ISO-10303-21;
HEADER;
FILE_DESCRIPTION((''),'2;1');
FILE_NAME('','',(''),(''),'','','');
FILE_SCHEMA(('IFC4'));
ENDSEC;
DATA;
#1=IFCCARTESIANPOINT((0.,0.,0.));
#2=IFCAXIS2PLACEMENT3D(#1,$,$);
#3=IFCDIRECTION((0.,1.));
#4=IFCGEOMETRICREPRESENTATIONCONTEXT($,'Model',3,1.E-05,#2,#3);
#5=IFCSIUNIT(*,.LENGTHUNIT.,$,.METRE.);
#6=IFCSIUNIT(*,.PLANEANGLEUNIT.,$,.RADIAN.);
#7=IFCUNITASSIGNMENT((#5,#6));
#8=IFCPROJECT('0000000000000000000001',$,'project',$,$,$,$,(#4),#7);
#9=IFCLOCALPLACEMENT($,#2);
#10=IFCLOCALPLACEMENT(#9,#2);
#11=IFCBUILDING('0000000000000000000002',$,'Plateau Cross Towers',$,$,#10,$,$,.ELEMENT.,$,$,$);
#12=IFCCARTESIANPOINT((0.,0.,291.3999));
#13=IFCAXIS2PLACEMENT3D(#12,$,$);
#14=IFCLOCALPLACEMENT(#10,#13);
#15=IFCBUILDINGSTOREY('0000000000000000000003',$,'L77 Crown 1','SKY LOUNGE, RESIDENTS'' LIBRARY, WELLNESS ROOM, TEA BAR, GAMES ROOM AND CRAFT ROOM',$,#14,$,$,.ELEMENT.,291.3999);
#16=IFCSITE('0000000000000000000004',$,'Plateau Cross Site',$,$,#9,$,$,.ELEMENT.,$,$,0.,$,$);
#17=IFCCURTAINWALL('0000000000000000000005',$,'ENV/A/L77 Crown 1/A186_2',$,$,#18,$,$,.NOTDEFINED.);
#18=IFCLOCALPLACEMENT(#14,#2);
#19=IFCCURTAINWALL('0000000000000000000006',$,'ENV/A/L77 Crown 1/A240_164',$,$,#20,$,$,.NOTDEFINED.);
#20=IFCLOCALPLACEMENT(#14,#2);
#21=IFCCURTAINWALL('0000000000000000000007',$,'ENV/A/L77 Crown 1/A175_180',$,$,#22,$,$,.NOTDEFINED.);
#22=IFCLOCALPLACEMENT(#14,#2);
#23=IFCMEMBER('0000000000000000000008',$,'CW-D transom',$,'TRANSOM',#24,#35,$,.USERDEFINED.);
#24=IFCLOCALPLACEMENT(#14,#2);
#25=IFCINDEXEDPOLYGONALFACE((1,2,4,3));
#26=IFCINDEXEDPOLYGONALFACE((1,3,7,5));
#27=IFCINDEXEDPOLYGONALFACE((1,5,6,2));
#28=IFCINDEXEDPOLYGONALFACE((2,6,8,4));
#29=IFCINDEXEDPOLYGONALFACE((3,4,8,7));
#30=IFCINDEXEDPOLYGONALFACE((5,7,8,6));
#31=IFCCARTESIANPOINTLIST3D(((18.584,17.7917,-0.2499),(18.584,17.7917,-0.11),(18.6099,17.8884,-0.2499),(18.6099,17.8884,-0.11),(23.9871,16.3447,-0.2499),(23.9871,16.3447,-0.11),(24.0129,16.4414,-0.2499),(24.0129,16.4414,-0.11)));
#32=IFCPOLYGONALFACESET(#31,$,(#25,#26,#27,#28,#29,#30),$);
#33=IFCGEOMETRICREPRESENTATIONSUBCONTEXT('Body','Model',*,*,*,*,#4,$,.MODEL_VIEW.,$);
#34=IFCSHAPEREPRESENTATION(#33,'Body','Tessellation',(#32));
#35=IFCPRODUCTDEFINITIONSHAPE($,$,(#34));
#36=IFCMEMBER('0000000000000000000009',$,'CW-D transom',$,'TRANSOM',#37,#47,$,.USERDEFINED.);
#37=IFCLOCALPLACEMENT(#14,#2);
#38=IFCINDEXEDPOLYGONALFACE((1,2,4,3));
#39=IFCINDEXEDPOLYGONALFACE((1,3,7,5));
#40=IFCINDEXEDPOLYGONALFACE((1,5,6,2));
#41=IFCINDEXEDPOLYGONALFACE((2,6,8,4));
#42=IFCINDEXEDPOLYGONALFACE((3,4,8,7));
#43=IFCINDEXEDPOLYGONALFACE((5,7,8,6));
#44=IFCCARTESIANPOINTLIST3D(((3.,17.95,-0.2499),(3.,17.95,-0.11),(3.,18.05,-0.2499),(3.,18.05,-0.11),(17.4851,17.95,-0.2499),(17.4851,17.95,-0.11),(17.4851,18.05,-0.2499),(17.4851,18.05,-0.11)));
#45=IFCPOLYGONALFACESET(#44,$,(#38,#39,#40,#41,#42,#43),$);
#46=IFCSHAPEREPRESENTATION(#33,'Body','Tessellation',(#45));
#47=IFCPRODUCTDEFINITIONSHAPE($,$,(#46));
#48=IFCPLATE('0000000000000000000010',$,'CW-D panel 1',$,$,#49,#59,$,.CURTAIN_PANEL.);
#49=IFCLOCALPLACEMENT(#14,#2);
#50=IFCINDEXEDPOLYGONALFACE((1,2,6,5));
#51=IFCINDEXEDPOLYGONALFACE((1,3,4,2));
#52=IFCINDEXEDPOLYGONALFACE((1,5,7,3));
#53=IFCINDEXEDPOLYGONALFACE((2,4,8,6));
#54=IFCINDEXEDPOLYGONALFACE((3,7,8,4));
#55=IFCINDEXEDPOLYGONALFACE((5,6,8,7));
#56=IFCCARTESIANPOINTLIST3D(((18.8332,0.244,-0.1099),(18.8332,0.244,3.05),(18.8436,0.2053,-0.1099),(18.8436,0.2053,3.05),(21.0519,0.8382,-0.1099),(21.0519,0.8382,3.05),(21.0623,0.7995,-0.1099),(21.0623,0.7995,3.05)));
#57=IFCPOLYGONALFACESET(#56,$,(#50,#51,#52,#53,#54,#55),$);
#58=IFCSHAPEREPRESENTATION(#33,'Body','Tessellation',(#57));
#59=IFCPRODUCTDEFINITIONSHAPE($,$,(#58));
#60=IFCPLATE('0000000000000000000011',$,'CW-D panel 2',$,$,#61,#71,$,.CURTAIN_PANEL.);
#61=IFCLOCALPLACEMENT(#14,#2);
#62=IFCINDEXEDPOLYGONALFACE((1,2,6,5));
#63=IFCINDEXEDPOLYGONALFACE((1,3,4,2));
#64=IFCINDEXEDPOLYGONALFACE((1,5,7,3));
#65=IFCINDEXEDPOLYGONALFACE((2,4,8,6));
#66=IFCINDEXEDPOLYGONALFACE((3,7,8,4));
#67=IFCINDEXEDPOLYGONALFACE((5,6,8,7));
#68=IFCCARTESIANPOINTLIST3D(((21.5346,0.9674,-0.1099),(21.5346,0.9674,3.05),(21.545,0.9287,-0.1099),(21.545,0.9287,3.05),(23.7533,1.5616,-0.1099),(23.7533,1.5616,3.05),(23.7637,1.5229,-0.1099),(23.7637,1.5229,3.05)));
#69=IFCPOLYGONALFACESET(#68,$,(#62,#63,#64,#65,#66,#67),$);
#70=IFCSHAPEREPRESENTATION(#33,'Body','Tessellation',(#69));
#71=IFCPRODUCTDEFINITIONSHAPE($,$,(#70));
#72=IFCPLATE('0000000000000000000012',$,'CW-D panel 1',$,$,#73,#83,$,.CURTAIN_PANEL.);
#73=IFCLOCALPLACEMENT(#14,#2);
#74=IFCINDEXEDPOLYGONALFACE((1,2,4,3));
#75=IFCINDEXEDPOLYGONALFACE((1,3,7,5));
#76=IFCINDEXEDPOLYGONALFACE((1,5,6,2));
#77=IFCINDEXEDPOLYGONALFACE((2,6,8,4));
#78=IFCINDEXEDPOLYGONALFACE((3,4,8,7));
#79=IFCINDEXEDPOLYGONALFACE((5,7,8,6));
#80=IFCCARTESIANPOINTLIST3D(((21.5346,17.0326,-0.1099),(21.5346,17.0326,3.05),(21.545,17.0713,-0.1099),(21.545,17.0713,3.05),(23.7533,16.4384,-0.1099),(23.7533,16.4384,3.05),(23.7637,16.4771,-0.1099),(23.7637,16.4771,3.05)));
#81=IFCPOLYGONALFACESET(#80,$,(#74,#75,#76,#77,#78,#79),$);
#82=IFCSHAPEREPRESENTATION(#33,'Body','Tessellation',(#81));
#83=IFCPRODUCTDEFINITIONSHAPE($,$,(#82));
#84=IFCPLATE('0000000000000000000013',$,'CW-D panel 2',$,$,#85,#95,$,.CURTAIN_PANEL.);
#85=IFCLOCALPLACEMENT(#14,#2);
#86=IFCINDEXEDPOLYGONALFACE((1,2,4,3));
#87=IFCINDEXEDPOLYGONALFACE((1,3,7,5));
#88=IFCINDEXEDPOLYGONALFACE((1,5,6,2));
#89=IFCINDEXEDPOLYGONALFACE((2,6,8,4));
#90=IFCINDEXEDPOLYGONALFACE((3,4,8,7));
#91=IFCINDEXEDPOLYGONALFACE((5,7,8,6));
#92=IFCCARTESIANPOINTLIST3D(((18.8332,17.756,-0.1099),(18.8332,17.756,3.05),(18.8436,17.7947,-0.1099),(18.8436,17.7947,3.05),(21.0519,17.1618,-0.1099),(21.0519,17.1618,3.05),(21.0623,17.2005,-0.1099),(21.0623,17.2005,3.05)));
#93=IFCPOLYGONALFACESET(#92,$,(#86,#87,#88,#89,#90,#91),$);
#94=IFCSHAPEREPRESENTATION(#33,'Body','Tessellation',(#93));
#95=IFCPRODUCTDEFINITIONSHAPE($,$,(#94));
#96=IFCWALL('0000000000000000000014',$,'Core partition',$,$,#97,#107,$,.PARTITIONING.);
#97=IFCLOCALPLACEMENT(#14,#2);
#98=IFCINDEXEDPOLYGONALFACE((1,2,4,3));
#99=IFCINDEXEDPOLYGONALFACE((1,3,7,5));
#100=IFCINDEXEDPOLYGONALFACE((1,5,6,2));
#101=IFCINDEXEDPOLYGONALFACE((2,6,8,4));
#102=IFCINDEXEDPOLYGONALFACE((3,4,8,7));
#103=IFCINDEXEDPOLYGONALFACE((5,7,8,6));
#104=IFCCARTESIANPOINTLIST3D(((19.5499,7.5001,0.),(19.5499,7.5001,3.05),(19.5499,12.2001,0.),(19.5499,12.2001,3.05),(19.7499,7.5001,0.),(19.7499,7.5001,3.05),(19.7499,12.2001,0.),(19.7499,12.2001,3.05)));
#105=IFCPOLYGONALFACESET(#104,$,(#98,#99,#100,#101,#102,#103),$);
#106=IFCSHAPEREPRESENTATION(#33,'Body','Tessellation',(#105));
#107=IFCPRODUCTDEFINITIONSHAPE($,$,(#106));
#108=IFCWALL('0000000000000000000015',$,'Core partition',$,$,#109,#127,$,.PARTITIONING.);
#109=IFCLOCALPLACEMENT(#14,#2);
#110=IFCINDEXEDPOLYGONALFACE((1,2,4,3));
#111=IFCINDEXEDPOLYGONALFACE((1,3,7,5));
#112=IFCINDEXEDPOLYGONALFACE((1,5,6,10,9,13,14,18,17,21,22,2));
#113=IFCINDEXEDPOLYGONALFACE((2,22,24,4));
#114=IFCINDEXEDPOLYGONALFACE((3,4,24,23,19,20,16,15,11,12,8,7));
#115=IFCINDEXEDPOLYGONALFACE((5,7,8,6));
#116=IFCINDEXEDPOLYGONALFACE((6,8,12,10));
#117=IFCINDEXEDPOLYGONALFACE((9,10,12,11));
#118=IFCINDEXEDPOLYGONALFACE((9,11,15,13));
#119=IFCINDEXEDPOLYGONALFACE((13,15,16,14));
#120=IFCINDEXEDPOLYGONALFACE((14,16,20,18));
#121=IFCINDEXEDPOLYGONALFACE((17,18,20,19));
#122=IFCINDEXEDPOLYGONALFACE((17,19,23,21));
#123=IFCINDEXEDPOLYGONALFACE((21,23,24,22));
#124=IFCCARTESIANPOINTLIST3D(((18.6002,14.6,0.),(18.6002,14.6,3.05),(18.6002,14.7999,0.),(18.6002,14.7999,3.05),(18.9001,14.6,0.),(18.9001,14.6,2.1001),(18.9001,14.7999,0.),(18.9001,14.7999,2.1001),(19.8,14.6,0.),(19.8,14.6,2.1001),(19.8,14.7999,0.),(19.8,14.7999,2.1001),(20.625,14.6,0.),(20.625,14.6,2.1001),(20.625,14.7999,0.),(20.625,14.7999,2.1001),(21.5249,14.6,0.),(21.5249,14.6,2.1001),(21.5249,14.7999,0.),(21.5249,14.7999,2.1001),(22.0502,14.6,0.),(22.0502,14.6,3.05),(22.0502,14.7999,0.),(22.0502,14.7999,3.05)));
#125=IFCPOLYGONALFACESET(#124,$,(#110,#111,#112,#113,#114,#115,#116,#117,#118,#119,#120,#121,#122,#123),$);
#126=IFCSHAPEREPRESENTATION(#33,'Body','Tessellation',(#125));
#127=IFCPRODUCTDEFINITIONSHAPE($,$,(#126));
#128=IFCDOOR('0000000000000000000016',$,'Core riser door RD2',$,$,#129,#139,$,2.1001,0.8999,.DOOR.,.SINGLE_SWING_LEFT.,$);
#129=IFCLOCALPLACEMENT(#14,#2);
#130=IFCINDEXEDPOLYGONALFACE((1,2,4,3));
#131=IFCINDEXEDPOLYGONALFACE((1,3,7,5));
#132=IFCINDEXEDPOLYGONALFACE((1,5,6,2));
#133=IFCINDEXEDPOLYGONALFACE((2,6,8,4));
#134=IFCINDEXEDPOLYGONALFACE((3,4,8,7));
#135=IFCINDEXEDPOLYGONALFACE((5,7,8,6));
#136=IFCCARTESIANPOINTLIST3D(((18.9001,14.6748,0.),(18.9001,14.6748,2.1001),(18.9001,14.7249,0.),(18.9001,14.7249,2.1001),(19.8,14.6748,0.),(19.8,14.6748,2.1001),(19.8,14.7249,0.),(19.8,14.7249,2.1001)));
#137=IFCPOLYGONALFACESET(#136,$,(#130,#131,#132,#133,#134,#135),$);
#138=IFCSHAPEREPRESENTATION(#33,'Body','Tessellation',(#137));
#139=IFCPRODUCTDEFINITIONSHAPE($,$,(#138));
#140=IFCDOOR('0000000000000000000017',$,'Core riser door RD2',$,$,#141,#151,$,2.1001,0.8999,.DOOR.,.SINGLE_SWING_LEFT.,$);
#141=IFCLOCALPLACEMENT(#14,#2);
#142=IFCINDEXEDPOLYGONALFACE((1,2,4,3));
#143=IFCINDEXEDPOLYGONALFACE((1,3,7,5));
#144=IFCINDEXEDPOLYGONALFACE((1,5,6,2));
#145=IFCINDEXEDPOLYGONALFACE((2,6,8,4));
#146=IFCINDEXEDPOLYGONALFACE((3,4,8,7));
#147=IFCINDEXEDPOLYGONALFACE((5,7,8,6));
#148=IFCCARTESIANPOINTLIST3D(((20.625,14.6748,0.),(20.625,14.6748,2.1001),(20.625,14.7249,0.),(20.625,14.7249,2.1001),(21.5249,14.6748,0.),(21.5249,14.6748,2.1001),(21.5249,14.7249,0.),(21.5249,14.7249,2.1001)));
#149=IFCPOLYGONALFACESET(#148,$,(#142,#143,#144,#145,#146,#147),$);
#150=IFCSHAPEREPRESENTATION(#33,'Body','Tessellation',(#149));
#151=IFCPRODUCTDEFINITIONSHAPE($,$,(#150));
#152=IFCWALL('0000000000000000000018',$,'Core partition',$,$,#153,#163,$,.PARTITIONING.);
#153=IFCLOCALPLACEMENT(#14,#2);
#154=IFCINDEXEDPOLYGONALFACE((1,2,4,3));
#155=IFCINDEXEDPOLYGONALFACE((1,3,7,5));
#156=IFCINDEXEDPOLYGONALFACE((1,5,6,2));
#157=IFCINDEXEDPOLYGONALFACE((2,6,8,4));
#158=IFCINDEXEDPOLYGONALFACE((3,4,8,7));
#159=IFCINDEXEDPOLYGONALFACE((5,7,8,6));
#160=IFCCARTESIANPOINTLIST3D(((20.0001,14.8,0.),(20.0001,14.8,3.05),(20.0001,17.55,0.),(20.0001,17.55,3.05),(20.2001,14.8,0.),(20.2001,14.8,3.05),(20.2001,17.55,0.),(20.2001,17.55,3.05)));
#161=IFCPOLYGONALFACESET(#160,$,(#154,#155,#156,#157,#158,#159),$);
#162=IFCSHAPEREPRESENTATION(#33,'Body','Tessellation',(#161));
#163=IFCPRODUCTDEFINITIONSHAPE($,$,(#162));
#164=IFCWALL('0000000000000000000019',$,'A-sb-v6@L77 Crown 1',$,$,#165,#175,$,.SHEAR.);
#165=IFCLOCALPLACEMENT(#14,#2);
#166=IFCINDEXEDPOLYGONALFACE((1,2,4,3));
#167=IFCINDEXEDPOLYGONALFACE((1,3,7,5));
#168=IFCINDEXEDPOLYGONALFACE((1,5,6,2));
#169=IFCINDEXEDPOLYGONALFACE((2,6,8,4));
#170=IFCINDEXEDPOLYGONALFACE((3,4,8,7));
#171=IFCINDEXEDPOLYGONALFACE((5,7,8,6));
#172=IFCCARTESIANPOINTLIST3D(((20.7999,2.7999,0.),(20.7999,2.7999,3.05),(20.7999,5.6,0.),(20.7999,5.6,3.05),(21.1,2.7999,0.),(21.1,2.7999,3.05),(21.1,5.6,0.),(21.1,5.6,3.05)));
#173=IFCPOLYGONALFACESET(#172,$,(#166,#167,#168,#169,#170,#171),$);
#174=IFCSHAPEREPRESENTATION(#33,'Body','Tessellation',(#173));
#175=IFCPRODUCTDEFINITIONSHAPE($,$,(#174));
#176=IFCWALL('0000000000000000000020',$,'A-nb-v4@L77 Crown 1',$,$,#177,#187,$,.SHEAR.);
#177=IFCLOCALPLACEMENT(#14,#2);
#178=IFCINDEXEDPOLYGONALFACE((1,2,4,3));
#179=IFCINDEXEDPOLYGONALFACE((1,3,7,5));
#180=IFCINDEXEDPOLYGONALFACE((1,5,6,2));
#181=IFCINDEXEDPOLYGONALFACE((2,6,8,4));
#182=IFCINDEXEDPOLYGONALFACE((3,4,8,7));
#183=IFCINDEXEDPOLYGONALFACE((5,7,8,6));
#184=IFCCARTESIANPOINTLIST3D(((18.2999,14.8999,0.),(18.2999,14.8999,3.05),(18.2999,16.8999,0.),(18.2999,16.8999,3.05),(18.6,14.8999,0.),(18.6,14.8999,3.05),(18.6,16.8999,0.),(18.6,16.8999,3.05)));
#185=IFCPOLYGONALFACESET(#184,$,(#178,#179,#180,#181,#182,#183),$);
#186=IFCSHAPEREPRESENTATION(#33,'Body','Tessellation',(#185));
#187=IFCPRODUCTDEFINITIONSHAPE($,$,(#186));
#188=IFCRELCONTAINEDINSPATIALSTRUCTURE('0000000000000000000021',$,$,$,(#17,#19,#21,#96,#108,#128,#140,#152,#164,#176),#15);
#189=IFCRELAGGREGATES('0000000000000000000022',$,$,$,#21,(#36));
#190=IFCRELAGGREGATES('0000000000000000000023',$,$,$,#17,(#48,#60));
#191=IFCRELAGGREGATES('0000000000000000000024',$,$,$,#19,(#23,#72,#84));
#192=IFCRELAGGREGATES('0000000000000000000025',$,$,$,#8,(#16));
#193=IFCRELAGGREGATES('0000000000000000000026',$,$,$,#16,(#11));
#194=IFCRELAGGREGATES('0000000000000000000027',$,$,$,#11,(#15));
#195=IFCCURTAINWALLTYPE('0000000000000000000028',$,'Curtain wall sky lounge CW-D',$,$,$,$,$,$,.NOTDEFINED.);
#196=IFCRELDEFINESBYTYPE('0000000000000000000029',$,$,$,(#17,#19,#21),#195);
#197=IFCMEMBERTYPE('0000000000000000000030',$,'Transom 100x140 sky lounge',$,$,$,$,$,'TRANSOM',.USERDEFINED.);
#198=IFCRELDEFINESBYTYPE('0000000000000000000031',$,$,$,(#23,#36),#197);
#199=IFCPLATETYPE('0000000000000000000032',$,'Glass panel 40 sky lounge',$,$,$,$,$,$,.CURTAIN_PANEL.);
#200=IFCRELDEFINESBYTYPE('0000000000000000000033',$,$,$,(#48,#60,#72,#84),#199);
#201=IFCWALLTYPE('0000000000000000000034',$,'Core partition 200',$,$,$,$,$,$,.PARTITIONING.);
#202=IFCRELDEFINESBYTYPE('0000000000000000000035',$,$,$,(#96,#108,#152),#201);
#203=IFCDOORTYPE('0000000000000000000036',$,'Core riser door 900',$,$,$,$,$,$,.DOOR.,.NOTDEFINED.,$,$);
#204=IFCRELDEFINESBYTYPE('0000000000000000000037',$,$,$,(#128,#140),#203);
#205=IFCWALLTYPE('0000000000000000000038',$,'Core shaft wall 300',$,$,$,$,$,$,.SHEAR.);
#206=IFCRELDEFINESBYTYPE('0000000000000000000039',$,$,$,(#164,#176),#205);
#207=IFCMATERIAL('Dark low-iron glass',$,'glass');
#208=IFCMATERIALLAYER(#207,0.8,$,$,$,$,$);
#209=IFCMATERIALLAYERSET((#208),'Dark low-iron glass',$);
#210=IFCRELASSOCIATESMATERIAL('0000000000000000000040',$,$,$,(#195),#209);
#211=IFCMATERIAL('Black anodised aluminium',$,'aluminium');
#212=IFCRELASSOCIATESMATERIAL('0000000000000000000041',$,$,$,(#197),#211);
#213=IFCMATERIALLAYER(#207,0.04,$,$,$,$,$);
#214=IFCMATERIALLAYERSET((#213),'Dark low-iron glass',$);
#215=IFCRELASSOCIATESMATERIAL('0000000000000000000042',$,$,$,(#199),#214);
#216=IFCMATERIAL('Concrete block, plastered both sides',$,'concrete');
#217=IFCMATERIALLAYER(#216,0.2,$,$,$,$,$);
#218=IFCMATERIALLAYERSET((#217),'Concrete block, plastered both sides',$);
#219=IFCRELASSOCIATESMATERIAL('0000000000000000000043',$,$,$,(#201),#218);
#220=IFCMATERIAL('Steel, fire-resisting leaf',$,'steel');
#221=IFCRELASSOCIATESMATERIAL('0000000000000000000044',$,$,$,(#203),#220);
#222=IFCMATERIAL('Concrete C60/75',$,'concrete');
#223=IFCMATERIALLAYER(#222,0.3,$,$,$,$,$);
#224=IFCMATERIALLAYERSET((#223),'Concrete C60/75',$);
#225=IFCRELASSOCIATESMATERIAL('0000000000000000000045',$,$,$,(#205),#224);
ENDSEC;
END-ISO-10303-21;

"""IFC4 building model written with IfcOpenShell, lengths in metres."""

from ifc_helpers import new_model, si_unit, direction, frame, frame_2d, origin, origin_2d, place, context, subcontext, project, spatial, rectangle, extrude, material, layer, layer_set, material_profile, profile_set, type_object, element, fill, aggregate, save


model = new_model("IFC4")

# Units and contexts
model_context = context("Model", 3, precision=1e-05, world=origin(), true_north=direction((0.0, 1.0)))
body_context = subcontext(model_context, "Body", "Model", "MODEL_VIEW")
ifc_project = project(units=[si_unit("LENGTHUNIT", "METRE"), si_unit("PLANEANGLEUNIT", "RADIAN")], contexts=[model_context])

# Site, building, storey
site_placement = place(None, origin())
site = spatial("IfcSite", under=ifc_project, at=site_placement, Name="Plateau Cross Site", CompositionType="ELEMENT", RefElevation=0.0)
building_placement = place(site_placement, origin())
building = spatial("IfcBuilding", under=site, at=building_placement, Name="Plateau Cross Towers", CompositionType="ELEMENT")
storey_placement = place(building_placement, frame((0.0, 0.0, 291.3999)))
storey = spatial("IfcBuildingStorey", under=building, at=storey_placement, Name="L77 Crown 1", Description="SKY LOUNGE, RESIDENTS' LIBRARY, WELLNESS ROOM, TEA BAR, GAMES ROOM AND CRAFT ROOM", CompositionType="ELEMENT", Elevation=291.3999)

# Shared definitions
ifc_material_1 = material(Name="Concrete C60/75", Category="concrete")

# Curtain wall
ifc_material_2 = material(Name="Dark low-iron glass", Category="glass")
ifc_layer_1 = layer(ifc_material_2, 0.8)
ifc_layer_set_1 = layer_set([ifc_layer_1], Name="Dark low-iron glass")
curtain_wall_type = type_object("IfcCurtainWallType", Name="Curtain wall sky lounge CW-D", PredefinedType="NOTDEFINED", material=ifc_layer_set_1)
curtain_wall_1_placement = place(storey_placement, origin())
curtain_wall_1 = element("IfcCurtainWall", 1, at=curtain_wall_1_placement, inside=storey, type_object=curtain_wall_type, Name="ENV/A/L77 Crown 1/A186_2", PredefinedType="NOTDEFINED")
ifc_material_3 = material(Name="Black anodised aluminium", Category="aluminium")

# Curtain wall
curtain_wall_2_placement = place(storey_placement, origin())
curtain_wall_2 = element("IfcCurtainWall", 2, at=curtain_wall_2_placement, inside=storey, type_object=curtain_wall_type, Name="ENV/A/L77 Crown 1/A240_164", PredefinedType="NOTDEFINED")

# Curtain wall
curtain_wall_3_placement = place(storey_placement, origin())
curtain_wall_3 = element("IfcCurtainWall", 3, at=curtain_wall_3_placement, inside=storey, type_object=curtain_wall_type, Name="ENV/A/L77 Crown 1/A175_180", PredefinedType="NOTDEFINED")

# Members
ifc_material_profile_1 = material_profile(ifc_material_3, rectangle(XDim=0.1001, YDim=0.1399, at=origin_2d()), Name="TRANSOM 100x140")
ifc_profile_set_1 = profile_set([ifc_material_profile_1], Name="Black anodised aluminium")
member_type_1 = type_object("IfcMemberType", Name="Transom 100x140 sky lounge", ElementType="TRANSOM", PredefinedType="USERDEFINED", material=ifc_profile_set_1)
member_1_placement = place(storey_placement, frame((24.0, 16.3931, -0.1799), z_axis=(-0.965958, 0.258698, 0.0), x_axis=(-0.258698, -0.965958, 0.0)))
member_1 = element("IfcMember", 4, at=member_1_placement, type_object=member_type_1, Name="CW-D transom", ObjectType="TRANSOM", PredefinedType="USERDEFINED", context=body_context, shape_type="SweptSolid", body=[
    extrude(rectangle(XDim=0.1001, YDim=0.1399, at=origin_2d()), origin(), (0.0, 0.0, 1.0), 5.5935),
])
member_2_placement = place(storey_placement, frame((17.4851, 18.0, -0.1799), z_axis=(-1.0, 0.0, 0.0), x_axis=(0.0, -1.0, 0.0)))
member_2 = element("IfcMember", 5, at=member_2_placement, type_object=member_type_1, Name="CW-D transom", ObjectType="TRANSOM", PredefinedType="USERDEFINED", context=body_context, shape_type="SweptSolid", body=[
    extrude(rectangle(XDim=0.1001, YDim=0.1399, at=origin_2d()), origin(), (0.0, 0.0, 1.0), 14.4851),
])
aggregate(curtain_wall_3, [member_2])

# Plates
ifc_layer_2 = layer(ifc_material_2, 0.04)
ifc_layer_set_2 = layer_set([ifc_layer_2], Name="Dark low-iron glass")
plate_type = type_object("IfcPlateType", Name="Glass panel 40 sky lounge", PredefinedType="CURTAIN_PANEL", material=ifc_layer_set_2)
plate_1_placement = place(storey_placement, frame((19.9478, 0.5217, -0.1099), z_axis=(0.0, 0.0, 1.0), x_axis=(0.965958, 0.258699, 0.0)))
plate_1 = element("IfcPlate", 6, at=plate_1_placement, type_object=plate_type, Name="CW-D panel 1", PredefinedType="CURTAIN_PANEL", context=body_context, shape_type="SweptSolid", body=[
    extrude(rectangle(XDim=2.2969, YDim=0.04, at=origin_2d()), origin(), (0.0, 0.0, 1.0), 3.1599),
])
plate_2_placement = place(storey_placement, frame((22.6492, 1.2451, -0.1099), z_axis=(0.0, 0.0, 1.0), x_axis=(0.965958, 0.258699, 0.0)))
plate_2 = element("IfcPlate", 7, at=plate_2_placement, type_object=plate_type, Name="CW-D panel 2", PredefinedType="CURTAIN_PANEL", context=body_context, shape_type="SweptSolid", body=[
    extrude(rectangle(XDim=2.2969, YDim=0.04, at=origin_2d()), origin(), (0.0, 0.0, 1.0), 3.1599),
])
aggregate(curtain_wall_1, [plate_1, plate_2])
plate_3_placement = place(storey_placement, frame((22.6492, 16.7549, -0.1099), z_axis=(0.0, 0.0, 1.0), x_axis=(-0.965958, 0.258699, 0.0)))
plate_3 = element("IfcPlate", 8, at=plate_3_placement, type_object=plate_type, Name="CW-D panel 1", PredefinedType="CURTAIN_PANEL", context=body_context, shape_type="SweptSolid", body=[
    extrude(rectangle(XDim=2.2969, YDim=0.04, at=origin_2d()), origin(), (0.0, 0.0, 1.0), 3.1599),
])
plate_4_placement = place(storey_placement, frame((19.9478, 17.4783, -0.1099), z_axis=(0.0, 0.0, 1.0), x_axis=(-0.965958, 0.258699, 0.0)))
plate_4 = element("IfcPlate", 9, at=plate_4_placement, type_object=plate_type, Name="CW-D panel 2", PredefinedType="CURTAIN_PANEL", context=body_context, shape_type="SweptSolid", body=[
    extrude(rectangle(XDim=2.2969, YDim=0.04, at=origin_2d()), origin(), (0.0, 0.0, 1.0), 3.1599),
])
aggregate(curtain_wall_2, [member_1, plate_3, plate_4])

# Wall
ifc_material_4 = material(Name="Concrete block, plastered both sides", Category="concrete")
ifc_layer_3 = layer(ifc_material_4, 0.2)
ifc_layer_set_3 = layer_set([ifc_layer_3], Name="Concrete block, plastered both sides")
wall_type_1 = type_object("IfcWallType", Name="Core partition 200", PredefinedType="PARTITIONING", material=ifc_layer_set_3)
wall_1_placement = place(storey_placement, frame((19.6499, 7.5, 0.0), z_axis=(0.0, 0.0, 1.0), x_axis=(0.0, 1.0, 0.0)))
element("IfcWall", 10, at=wall_1_placement, inside=storey, type_object=wall_type_1, Name="Core partition", PredefinedType="PARTITIONING", context=body_context, shape_type="SweptSolid", body=[
    extrude(rectangle(XDim=4.7, YDim=0.2, at=frame_2d((2.3501, 0.0))), origin(), (0.0, 0.0, 1.0), 3.05),
])

# Wall, openings, doors
wall_2_placement = place(storey_placement, frame((18.6001, 14.7, 0.0), z_axis=(0.0, 0.0, 1.0), x_axis=(1.0, 0.0, 0.0)))
wall_2 = element("IfcWall", 11, at=wall_2_placement, inside=storey, type_object=wall_type_1, Name="Core partition", PredefinedType="PARTITIONING", context=body_context, shape_type="SweptSolid", body=[
    extrude(rectangle(XDim=3.45, YDim=0.2, at=frame_2d((1.7251, 0.0))), origin(), (0.0, 0.0, 1.0), 3.05),
])
opening_1_placement = place(wall_2_placement, frame((0.3, 0.0, 0.0)))
opening_1 = element("IfcOpeningElement", 12, at=opening_1_placement, cuts=wall_2, PredefinedType="OPENING", context=body_context, shape_type="SweptSolid", body=[
    extrude(rectangle(XDim=0.8999, YDim=2.1001, at=frame_2d((0.45, 1.05))), frame((0.0, 0.1099, 0.0), z_axis=(0.0, -1.0, 0.0), x_axis=(1.0, 0.0, 0.0)), (0.0, 0.0, 1.0), 0.22),
])
opening_2_placement = place(wall_2_placement, frame((2.0249, 0.0, 0.0)))
opening_2 = element("IfcOpeningElement", 13, at=opening_2_placement, cuts=wall_2, PredefinedType="OPENING", context=body_context, shape_type="SweptSolid", body=[
    extrude(rectangle(XDim=0.8999, YDim=2.1001, at=frame_2d((0.45, 1.05))), frame((0.0, 0.1099, 0.0), z_axis=(0.0, -1.0, 0.0), x_axis=(1.0, 0.0, 0.0)), (0.0, 0.0, 1.0), 0.22),
])
ifc_material_5 = material(Name="Steel, fire-resisting leaf", Category="steel")
door_type_1 = type_object("IfcDoorType", Name="Core riser door 900", OperationType="NOTDEFINED", PredefinedType="DOOR", material=ifc_material_5)
door_1_placement = place(opening_1_placement, origin())
door_1 = element("IfcDoor", 14, at=door_1_placement, inside=storey, type_object=door_type_1, Name="Core riser door RD2", OperationType="SINGLE_SWING_LEFT", OverallHeight=2.1001, OverallWidth=0.8999, PredefinedType="DOOR", context=body_context, shape_type="SweptSolid", body=[
    extrude(rectangle(XDim=0.8999, YDim=2.1001, at=frame_2d((0.45, 1.05))), frame((0.0, 0.0249, 0.0), z_axis=(0.0, -1.0, 0.0), x_axis=(1.0, 0.0, 0.0)), (0.0, 0.0, 1.0), 0.05),
])
fill(opening_1, door_1)
door_2_placement = place(opening_2_placement, origin())
door_2 = element("IfcDoor", 15, at=door_2_placement, inside=storey, type_object=door_type_1, Name="Core riser door RD2", OperationType="SINGLE_SWING_LEFT", OverallHeight=2.1001, OverallWidth=0.8999, PredefinedType="DOOR", context=body_context, shape_type="SweptSolid", body=[
    extrude(rectangle(XDim=0.8999, YDim=2.1001, at=frame_2d((0.45, 1.05))), frame((0.0, 0.0249, 0.0), z_axis=(0.0, -1.0, 0.0), x_axis=(1.0, 0.0, 0.0)), (0.0, 0.0, 1.0), 0.05),
])
fill(opening_2, door_2)

# Walls
wall_3_placement = place(storey_placement, frame((20.1001, 14.8, 0.0), z_axis=(0.0, 0.0, 1.0), x_axis=(0.0, 1.0, 0.0)))
element("IfcWall", 16, at=wall_3_placement, inside=storey, type_object=wall_type_1, Name="Core partition", PredefinedType="PARTITIONING", context=body_context, shape_type="SweptSolid", body=[
    extrude(rectangle(XDim=2.75, YDim=0.2, at=frame_2d((1.375, 0.0))), origin(), (0.0, 0.0, 1.0), 3.05),
])
ifc_layer_4 = layer(ifc_material_1, 0.3)
ifc_layer_set_4 = layer_set([ifc_layer_4], Name="Concrete C60/75")
wall_type_2 = type_object("IfcWallType", Name="Core shaft wall 300", PredefinedType="SHEAR", material=ifc_layer_set_4)
wall_4_placement = place(storey_placement, frame((20.95, 2.8, 0.0), z_axis=(0.0, 0.0, 1.0), x_axis=(0.0, 1.0, 0.0)))
element("IfcWall", 17, at=wall_4_placement, inside=storey, type_object=wall_type_2, Name="A-sb-v6@L77 Crown 1", PredefinedType="SHEAR", context=body_context, shape_type="SweptSolid", body=[
    extrude(rectangle(XDim=2.8, YDim=0.3, at=frame_2d((1.3999, 0.0))), origin(), (0.0, 0.0, 1.0), 3.05),
])
wall_5_placement = place(storey_placement, frame((18.45, 14.8999, 0.0), z_axis=(0.0, 0.0, 1.0), x_axis=(0.0, 1.0, 0.0)))
element("IfcWall", 18, at=wall_5_placement, inside=storey, type_object=wall_type_2, Name="A-nb-v4@L77 Crown 1", PredefinedType="SHEAR", context=body_context, shape_type="SweptSolid", body=[
    extrude(rectangle(XDim=2.0, YDim=0.3, at=frame_2d((1.0, 0.0))), origin(), (0.0, 0.0, 1.0), 3.05),
])

save(model, "model.ifc")
